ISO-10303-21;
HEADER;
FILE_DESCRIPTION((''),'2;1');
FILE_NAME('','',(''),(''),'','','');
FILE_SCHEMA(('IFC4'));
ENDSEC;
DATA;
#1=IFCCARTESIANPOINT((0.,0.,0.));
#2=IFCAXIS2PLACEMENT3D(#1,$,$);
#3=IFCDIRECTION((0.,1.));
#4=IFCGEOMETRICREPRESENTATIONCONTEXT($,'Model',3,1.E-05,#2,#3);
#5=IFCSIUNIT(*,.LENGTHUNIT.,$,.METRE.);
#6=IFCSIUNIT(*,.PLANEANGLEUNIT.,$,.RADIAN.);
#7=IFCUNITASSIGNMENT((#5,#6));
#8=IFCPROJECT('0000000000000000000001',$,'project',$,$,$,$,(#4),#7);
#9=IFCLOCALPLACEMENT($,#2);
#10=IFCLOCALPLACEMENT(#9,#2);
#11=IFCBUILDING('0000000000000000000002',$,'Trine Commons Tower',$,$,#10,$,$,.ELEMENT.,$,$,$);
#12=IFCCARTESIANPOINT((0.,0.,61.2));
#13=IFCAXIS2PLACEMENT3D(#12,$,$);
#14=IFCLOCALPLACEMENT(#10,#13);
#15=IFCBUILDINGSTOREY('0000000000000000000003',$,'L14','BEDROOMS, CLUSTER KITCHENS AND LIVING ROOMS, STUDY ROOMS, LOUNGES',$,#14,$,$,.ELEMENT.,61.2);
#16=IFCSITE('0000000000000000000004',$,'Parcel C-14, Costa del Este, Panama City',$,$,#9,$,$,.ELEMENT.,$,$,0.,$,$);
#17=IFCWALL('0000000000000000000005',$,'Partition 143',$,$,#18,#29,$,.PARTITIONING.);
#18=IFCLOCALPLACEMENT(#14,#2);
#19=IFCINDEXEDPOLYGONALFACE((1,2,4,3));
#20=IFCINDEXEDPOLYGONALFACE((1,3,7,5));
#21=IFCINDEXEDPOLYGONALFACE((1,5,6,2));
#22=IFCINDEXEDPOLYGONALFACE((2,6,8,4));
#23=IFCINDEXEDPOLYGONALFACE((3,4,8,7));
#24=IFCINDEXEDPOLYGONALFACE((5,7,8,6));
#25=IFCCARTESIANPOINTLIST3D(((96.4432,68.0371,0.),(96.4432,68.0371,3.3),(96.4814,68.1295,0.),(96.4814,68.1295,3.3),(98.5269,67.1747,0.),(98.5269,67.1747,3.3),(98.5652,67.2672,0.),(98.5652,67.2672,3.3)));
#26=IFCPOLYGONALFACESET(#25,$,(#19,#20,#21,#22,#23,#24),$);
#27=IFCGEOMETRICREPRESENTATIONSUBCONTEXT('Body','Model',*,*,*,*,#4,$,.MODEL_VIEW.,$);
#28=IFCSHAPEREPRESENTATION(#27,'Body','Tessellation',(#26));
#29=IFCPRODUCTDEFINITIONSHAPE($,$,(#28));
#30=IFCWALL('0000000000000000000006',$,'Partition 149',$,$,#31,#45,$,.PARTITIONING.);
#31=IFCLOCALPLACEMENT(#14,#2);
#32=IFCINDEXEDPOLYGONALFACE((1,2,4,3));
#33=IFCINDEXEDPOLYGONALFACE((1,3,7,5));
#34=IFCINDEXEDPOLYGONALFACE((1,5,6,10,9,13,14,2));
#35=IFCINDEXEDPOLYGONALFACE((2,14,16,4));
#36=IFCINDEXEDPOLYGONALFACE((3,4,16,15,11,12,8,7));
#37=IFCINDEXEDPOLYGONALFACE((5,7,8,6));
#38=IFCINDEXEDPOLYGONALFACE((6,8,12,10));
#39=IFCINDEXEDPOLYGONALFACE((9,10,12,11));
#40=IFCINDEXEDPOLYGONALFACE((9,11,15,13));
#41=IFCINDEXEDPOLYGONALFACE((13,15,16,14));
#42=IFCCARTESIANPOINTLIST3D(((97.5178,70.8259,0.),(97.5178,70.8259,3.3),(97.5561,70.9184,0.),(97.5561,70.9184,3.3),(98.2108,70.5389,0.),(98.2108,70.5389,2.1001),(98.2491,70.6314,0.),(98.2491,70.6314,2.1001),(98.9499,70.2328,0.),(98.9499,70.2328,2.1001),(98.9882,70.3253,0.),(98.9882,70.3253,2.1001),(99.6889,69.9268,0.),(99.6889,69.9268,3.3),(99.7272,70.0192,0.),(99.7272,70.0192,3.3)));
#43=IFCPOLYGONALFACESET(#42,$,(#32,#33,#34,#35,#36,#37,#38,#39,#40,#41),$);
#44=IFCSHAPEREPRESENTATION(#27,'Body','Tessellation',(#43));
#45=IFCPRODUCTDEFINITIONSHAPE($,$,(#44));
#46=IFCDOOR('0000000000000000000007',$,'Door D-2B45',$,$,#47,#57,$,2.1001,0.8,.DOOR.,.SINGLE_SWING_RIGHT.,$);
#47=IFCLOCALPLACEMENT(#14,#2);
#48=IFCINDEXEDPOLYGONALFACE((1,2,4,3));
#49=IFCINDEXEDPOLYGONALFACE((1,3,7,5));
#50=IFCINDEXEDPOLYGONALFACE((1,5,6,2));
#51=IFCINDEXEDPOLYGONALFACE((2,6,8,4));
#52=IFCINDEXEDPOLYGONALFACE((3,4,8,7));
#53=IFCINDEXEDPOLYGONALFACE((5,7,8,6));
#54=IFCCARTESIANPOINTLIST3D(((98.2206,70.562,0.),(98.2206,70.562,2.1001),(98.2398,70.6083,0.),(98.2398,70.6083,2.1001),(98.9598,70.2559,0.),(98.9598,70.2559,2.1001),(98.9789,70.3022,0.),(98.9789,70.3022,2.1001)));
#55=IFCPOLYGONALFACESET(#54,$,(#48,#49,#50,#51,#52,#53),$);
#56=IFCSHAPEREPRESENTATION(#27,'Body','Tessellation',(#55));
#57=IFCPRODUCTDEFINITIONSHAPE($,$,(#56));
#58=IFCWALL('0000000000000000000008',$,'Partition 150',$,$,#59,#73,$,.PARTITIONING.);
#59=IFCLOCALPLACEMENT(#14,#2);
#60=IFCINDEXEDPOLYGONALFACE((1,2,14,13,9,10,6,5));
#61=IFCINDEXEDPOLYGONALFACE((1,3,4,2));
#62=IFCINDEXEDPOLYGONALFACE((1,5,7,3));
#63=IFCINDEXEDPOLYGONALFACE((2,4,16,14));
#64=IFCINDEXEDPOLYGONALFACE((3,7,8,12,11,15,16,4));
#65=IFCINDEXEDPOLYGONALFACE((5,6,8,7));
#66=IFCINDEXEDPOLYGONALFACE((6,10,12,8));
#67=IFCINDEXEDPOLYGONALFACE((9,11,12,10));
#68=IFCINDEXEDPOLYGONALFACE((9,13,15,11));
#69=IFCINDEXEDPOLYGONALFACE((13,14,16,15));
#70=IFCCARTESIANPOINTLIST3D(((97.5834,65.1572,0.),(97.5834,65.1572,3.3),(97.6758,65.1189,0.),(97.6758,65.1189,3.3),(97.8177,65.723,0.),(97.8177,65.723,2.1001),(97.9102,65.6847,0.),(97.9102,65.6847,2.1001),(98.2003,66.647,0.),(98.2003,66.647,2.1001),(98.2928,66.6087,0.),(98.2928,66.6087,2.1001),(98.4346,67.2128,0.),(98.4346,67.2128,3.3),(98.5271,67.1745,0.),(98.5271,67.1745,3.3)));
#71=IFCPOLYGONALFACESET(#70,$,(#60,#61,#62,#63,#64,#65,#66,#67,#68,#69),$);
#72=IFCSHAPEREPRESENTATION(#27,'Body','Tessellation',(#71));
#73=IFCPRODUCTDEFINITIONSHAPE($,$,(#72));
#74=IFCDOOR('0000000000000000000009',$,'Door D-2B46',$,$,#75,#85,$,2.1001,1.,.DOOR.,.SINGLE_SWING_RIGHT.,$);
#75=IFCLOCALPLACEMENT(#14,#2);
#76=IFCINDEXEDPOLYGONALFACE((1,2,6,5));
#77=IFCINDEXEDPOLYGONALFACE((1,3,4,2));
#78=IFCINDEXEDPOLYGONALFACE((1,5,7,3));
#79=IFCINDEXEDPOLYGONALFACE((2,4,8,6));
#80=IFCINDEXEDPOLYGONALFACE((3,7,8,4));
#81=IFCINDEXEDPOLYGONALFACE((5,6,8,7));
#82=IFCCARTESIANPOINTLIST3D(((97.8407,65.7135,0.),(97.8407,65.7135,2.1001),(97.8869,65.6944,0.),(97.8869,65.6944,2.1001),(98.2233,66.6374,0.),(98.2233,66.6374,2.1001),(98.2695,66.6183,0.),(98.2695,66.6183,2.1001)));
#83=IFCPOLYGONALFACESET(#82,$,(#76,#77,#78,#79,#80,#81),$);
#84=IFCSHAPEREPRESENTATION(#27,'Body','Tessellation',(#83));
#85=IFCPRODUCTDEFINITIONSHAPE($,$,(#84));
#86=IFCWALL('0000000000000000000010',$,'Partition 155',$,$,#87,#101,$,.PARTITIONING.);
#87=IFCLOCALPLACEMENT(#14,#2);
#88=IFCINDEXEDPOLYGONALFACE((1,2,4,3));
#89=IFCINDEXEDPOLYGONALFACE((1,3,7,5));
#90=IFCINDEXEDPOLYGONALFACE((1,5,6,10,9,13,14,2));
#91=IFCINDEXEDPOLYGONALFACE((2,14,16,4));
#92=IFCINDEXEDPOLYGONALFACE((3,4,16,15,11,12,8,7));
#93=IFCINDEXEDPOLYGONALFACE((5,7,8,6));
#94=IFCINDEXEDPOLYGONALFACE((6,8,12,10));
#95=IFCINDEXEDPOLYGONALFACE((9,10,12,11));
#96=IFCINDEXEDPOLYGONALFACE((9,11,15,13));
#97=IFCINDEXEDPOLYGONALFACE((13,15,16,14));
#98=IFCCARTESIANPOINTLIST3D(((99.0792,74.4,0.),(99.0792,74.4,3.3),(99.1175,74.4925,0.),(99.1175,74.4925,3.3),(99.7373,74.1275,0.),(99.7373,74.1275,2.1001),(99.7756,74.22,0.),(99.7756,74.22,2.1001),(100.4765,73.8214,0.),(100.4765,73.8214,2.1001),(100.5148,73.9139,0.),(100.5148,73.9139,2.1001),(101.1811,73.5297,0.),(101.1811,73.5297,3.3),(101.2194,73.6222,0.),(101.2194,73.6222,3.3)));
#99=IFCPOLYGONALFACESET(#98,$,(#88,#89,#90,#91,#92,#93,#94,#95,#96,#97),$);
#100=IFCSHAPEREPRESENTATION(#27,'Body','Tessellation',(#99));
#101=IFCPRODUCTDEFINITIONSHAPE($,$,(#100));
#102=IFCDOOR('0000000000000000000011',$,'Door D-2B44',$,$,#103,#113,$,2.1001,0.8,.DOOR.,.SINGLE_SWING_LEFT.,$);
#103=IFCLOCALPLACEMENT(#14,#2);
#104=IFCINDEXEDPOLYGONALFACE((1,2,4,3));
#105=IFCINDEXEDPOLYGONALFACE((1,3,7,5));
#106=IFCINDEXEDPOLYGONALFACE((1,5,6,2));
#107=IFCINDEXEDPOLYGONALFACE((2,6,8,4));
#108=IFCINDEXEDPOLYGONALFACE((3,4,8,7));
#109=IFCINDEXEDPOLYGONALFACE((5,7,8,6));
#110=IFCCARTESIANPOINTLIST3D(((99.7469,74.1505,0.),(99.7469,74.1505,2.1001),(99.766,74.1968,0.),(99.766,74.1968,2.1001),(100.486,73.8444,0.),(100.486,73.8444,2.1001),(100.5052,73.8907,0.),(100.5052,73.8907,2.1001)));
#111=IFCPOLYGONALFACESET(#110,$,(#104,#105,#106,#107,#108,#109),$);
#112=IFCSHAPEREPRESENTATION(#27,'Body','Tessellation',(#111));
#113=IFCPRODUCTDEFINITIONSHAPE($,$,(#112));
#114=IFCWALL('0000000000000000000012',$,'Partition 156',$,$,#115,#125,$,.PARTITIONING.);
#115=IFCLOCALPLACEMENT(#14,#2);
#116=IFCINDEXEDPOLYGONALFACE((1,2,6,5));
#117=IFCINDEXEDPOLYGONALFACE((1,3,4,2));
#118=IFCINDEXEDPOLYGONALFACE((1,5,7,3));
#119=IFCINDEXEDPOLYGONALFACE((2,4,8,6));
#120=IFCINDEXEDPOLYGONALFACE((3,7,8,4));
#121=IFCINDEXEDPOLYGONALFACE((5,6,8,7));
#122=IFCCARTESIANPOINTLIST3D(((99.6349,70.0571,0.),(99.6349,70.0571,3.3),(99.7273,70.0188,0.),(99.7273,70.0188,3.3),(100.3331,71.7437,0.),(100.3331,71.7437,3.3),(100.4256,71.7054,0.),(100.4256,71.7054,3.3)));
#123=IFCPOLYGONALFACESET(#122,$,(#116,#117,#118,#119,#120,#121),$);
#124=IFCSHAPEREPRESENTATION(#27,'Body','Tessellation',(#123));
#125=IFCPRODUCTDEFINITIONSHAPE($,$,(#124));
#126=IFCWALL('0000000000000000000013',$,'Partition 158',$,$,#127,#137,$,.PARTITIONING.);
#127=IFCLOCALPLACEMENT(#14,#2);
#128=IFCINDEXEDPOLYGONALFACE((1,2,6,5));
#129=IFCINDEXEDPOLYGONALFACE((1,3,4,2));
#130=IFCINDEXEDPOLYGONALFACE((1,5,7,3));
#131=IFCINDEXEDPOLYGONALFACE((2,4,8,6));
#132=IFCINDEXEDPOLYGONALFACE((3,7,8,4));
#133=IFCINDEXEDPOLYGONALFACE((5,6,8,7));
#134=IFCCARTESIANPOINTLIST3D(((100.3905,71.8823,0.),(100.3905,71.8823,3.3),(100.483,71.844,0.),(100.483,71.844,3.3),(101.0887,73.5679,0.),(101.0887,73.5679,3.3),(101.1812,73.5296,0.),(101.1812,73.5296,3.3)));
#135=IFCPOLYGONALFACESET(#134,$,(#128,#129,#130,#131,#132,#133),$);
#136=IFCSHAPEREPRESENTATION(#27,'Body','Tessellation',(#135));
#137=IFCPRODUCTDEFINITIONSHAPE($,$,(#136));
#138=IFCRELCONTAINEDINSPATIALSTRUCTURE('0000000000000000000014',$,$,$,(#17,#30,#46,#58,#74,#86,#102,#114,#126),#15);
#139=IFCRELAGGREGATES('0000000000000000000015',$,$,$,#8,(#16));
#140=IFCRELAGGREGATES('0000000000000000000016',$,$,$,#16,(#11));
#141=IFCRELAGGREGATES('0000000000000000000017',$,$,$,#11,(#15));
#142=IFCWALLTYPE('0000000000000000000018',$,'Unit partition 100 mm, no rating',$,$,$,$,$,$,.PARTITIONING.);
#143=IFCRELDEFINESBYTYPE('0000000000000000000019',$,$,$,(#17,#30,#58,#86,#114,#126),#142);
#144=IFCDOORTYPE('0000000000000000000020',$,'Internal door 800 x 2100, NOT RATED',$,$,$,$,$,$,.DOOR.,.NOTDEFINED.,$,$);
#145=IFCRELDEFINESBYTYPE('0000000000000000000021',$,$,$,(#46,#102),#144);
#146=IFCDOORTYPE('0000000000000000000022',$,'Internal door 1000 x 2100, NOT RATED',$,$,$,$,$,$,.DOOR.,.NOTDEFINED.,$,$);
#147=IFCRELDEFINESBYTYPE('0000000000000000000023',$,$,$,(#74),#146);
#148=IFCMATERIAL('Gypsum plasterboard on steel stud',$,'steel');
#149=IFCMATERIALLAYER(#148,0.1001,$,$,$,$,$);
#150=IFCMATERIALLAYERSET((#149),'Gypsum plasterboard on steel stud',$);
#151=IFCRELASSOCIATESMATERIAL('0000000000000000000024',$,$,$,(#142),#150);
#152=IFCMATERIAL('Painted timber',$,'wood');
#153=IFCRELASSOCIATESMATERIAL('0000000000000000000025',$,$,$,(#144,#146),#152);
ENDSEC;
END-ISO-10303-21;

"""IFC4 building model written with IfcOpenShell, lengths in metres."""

from ifc_helpers import new_model, si_unit, direction, frame, frame_2d, origin, place, context, subcontext, project, spatial, rectangle, extrude, material, layer, layer_set, type_object, element, fill, save


model = new_model("IFC4")

# Units and contexts
model_context = context("Model", 3, precision=1e-05, world=origin(), true_north=direction((0.0, 1.0)))
body_context = subcontext(model_context, "Body", "Model", "MODEL_VIEW")
ifc_project = project(units=[si_unit("LENGTHUNIT", "METRE"), si_unit("PLANEANGLEUNIT", "RADIAN")], contexts=[model_context])

# Site, building, storey
site_placement = place(None, origin())
site = spatial("IfcSite", under=ifc_project, at=site_placement, Name="Parcel C-14, Costa del Este, Panama City", CompositionType="ELEMENT", RefElevation=0.0)
building_placement = place(site_placement, origin())
building = spatial("IfcBuilding", under=site, at=building_placement, Name="Trine Commons Tower", CompositionType="ELEMENT")
storey_placement = place(building_placement, frame((0.0, 0.0, 61.2)))
storey = spatial("IfcBuildingStorey", under=building, at=storey_placement, Name="L14", Description="BEDROOMS, CLUSTER KITCHENS AND LIVING ROOMS, STUDY ROOMS, LOUNGES", CompositionType="ELEMENT", Elevation=61.2)

# Shared definitions
ifc_material_1 = material(Name="Gypsum plasterboard on steel stud", Category="steel")

# Shared definitions
ifc_layer_1 = layer(ifc_material_1, 0.1001)
ifc_layer_set_1 = layer_set([ifc_layer_1], Name="Gypsum plasterboard on steel stud")
wall_type_1 = type_object("IfcWallType", Name="Unit partition 100 mm, no rating", PredefinedType="PARTITIONING", material=ifc_layer_set_1)
ifc_material_2 = material(Name="Painted timber", Category="wood")
door_type_1 = type_object("IfcDoorType", Name="Internal door 800 x 2100, NOT RATED", OperationType="NOTDEFINED", PredefinedType="DOOR", material=ifc_material_2)

# Wall
wall_1_placement = place(storey_placement, frame((96.4624, 68.0833, 0.0), z_axis=(0.0, 0.0, 1.0), x_axis=(0.924006, -0.382377, 0.0)))
element("IfcWall", 1, at=wall_1_placement, inside=storey, type_object=wall_type_1, Name="Partition 143", PredefinedType="PARTITIONING", context=body_context, shape_type="SweptSolid", body=[
    extrude(rectangle(XDim=2.2551, YDim=0.1001, at=frame_2d((1.1274, 0.0))), origin(), (0.0, 0.0, 1.0), 3.3),
])

# Walls, openings, doors
wall_2_placement = place(storey_placement, frame((97.5371, 70.8721, 0.0), z_axis=(0.0, 0.0, 1.0), x_axis=(0.923902, -0.38263, 0.0)))
wall_2 = element("IfcWall", 2, at=wall_2_placement, inside=storey, type_object=wall_type_1, Name="Partition 149", PredefinedType="PARTITIONING", context=body_context, shape_type="SweptSolid", body=[
    extrude(rectangle(XDim=2.3499, YDim=0.1001, at=frame_2d((1.1748, 0.0))), origin(), (0.0, 0.0, 1.0), 3.3),
])
opening_1_placement = place(wall_2_placement, frame((0.75, 0.0, 0.0)))
opening_1 = element("IfcOpeningElement", 3, at=opening_1_placement, cuts=wall_2, PredefinedType="OPENING", context=body_context, shape_type="SweptSolid", body=[
    extrude(rectangle(XDim=0.8, YDim=2.1001, at=frame_2d((0.3999, 1.05))), frame((0.0, 0.0601, 0.0), z_axis=(0.0, -1.0, 0.0), x_axis=(1.0, 0.0, 0.0)), (0.0, 0.0, 1.0), 0.1201),
])
door_1_placement = place(opening_1_placement, frame((0.8, 0.0, 0.0), z_axis=(0.0, 0.0, 1.0), x_axis=(-1.0, 0.0, 0.0)))
door_1 = element("IfcDoor", 4, at=door_1_placement, inside=storey, type_object=door_type_1, Name="Door D-2B45", OperationType="SINGLE_SWING_RIGHT", OverallHeight=2.1001, OverallWidth=0.8, PredefinedType="DOOR", context=body_context, shape_type="SweptSolid", body=[
    extrude(rectangle(XDim=0.8, YDim=2.1001, at=frame_2d((0.3999, 1.05))), frame((0.0, 0.0249, 0.0), z_axis=(0.0, -1.0, 0.0), x_axis=(1.0, 0.0, 0.0)), (0.0, 0.0, 1.0), 0.05),
])
fill(opening_1, door_1)
wall_3_placement = place(storey_placement, frame((97.6296, 65.1382, 0.0), z_axis=(0.0, 0.0, 1.0), x_axis=(0.38262, 0.923906, 0.0)))
wall_3 = element("IfcWall", 5, at=wall_3_placement, inside=storey, type_object=wall_type_1, Name="Partition 150", PredefinedType="PARTITIONING", context=body_context, shape_type="SweptSolid", body=[
    extrude(rectangle(XDim=2.2249, YDim=0.1001, at=frame_2d((1.1123, 0.0))), origin(), (0.0, 0.0, 1.0), 3.3),
])
opening_2_placement = place(wall_3_placement, frame((0.6123, 0.0, 0.0)))
opening_2 = element("IfcOpeningElement", 6, at=opening_2_placement, cuts=wall_3, PredefinedType="OPENING", context=body_context, shape_type="SweptSolid", body=[
    extrude(rectangle(XDim=1.0, YDim=2.1001, at=frame_2d((0.5, 1.05))), frame((0.0, 0.0601, 0.0), z_axis=(0.0, -1.0, 0.0), x_axis=(1.0, 0.0, 0.0)), (0.0, 0.0, 1.0), 0.1201),
])
door_type_2 = type_object("IfcDoorType", Name="Internal door 1000 x 2100, NOT RATED", OperationType="NOTDEFINED", PredefinedType="DOOR", material=ifc_material_2)
door_2_placement = place(opening_2_placement, frame((1.0, 0.0, 0.0), z_axis=(0.0, 0.0, 1.0), x_axis=(-1.0, 0.0, 0.0)))
door_2 = element("IfcDoor", 7, at=door_2_placement, inside=storey, type_object=door_type_2, Name="Door D-2B46", OperationType="SINGLE_SWING_RIGHT", OverallHeight=2.1001, OverallWidth=1.0, PredefinedType="DOOR", context=body_context, shape_type="SweptSolid", body=[
    extrude(rectangle(XDim=1.0, YDim=2.1001, at=frame_2d((0.5, 1.05))), frame((0.0, 0.0249, 0.0), z_axis=(0.0, -1.0, 0.0), x_axis=(1.0, 0.0, 0.0)), (0.0, 0.0, 1.0), 0.05),
])
fill(opening_2, door_2)
wall_4_placement = place(storey_placement, frame((99.0984, 74.4463, 0.0), z_axis=(0.0, 0.0, 1.0), x_axis=(0.923916, -0.382595, 0.0)))
wall_4 = element("IfcWall", 8, at=wall_4_placement, inside=storey, type_object=wall_type_1, Name="Partition 155", PredefinedType="PARTITIONING", context=body_context, shape_type="SweptSolid", body=[
    extrude(rectangle(XDim=2.2749, YDim=0.1001, at=frame_2d((1.1375, 0.0))), origin(), (0.0, 0.0, 1.0), 3.3),
])
opening_3_placement = place(wall_4_placement, frame((0.7124, 0.0, 0.0)))
opening_3 = element("IfcOpeningElement", 9, at=opening_3_placement, cuts=wall_4, PredefinedType="OPENING", context=body_context, shape_type="SweptSolid", body=[
    extrude(rectangle(XDim=0.8, YDim=2.1001, at=frame_2d((0.3999, 1.05))), frame((0.0, 0.0601, 0.0), z_axis=(0.0, -1.0, 0.0), x_axis=(1.0, 0.0, 0.0)), (0.0, 0.0, 1.0), 0.1201),
])
door_3_placement = place(opening_3_placement, origin())
door_3 = element("IfcDoor", 10, at=door_3_placement, inside=storey, type_object=door_type_1, Name="Door D-2B44", OperationType="SINGLE_SWING_LEFT", OverallHeight=2.1001, OverallWidth=0.8, PredefinedType="DOOR", context=body_context, shape_type="SweptSolid", body=[
    extrude(rectangle(XDim=0.8, YDim=2.1001, at=frame_2d((0.3999, 1.05))), frame((0.0, 0.0249, 0.0), z_axis=(0.0, -1.0, 0.0), x_axis=(1.0, 0.0, 0.0)), (0.0, 0.0, 1.0), 0.05),
])
fill(opening_3, door_3)

# Walls
wall_5_placement = place(storey_placement, frame((99.6812, 70.0381, 0.0), z_axis=(0.0, 0.0, 1.0), x_axis=(0.382525, 0.923945, 0.0)))
element("IfcWall", 11, at=wall_5_placement, inside=storey, type_object=wall_type_1, Name="Partition 156", PredefinedType="PARTITIONING", context=body_context, shape_type="SweptSolid", body=[
    extrude(rectangle(XDim=1.8254, YDim=0.1001, at=frame_2d((0.9126, 0.0))), origin(), (0.0, 0.0, 1.0), 3.3),
])
wall_6_placement = place(storey_placement, frame((100.4368, 71.8633, 0.0), z_axis=(0.0, 0.0, 1.0), x_axis=(0.382714, 0.923867, 0.0)))
element("IfcWall", 12, at=wall_6_placement, inside=storey, type_object=wall_type_1, Name="Partition 158", PredefinedType="PARTITIONING", context=body_context, shape_type="SweptSolid", body=[
    extrude(rectangle(XDim=1.8245, YDim=0.1001, at=frame_2d((0.9121, 0.0))), origin(), (0.0, 0.0, 1.0), 3.3),
])

save(model, "model.ifc")
